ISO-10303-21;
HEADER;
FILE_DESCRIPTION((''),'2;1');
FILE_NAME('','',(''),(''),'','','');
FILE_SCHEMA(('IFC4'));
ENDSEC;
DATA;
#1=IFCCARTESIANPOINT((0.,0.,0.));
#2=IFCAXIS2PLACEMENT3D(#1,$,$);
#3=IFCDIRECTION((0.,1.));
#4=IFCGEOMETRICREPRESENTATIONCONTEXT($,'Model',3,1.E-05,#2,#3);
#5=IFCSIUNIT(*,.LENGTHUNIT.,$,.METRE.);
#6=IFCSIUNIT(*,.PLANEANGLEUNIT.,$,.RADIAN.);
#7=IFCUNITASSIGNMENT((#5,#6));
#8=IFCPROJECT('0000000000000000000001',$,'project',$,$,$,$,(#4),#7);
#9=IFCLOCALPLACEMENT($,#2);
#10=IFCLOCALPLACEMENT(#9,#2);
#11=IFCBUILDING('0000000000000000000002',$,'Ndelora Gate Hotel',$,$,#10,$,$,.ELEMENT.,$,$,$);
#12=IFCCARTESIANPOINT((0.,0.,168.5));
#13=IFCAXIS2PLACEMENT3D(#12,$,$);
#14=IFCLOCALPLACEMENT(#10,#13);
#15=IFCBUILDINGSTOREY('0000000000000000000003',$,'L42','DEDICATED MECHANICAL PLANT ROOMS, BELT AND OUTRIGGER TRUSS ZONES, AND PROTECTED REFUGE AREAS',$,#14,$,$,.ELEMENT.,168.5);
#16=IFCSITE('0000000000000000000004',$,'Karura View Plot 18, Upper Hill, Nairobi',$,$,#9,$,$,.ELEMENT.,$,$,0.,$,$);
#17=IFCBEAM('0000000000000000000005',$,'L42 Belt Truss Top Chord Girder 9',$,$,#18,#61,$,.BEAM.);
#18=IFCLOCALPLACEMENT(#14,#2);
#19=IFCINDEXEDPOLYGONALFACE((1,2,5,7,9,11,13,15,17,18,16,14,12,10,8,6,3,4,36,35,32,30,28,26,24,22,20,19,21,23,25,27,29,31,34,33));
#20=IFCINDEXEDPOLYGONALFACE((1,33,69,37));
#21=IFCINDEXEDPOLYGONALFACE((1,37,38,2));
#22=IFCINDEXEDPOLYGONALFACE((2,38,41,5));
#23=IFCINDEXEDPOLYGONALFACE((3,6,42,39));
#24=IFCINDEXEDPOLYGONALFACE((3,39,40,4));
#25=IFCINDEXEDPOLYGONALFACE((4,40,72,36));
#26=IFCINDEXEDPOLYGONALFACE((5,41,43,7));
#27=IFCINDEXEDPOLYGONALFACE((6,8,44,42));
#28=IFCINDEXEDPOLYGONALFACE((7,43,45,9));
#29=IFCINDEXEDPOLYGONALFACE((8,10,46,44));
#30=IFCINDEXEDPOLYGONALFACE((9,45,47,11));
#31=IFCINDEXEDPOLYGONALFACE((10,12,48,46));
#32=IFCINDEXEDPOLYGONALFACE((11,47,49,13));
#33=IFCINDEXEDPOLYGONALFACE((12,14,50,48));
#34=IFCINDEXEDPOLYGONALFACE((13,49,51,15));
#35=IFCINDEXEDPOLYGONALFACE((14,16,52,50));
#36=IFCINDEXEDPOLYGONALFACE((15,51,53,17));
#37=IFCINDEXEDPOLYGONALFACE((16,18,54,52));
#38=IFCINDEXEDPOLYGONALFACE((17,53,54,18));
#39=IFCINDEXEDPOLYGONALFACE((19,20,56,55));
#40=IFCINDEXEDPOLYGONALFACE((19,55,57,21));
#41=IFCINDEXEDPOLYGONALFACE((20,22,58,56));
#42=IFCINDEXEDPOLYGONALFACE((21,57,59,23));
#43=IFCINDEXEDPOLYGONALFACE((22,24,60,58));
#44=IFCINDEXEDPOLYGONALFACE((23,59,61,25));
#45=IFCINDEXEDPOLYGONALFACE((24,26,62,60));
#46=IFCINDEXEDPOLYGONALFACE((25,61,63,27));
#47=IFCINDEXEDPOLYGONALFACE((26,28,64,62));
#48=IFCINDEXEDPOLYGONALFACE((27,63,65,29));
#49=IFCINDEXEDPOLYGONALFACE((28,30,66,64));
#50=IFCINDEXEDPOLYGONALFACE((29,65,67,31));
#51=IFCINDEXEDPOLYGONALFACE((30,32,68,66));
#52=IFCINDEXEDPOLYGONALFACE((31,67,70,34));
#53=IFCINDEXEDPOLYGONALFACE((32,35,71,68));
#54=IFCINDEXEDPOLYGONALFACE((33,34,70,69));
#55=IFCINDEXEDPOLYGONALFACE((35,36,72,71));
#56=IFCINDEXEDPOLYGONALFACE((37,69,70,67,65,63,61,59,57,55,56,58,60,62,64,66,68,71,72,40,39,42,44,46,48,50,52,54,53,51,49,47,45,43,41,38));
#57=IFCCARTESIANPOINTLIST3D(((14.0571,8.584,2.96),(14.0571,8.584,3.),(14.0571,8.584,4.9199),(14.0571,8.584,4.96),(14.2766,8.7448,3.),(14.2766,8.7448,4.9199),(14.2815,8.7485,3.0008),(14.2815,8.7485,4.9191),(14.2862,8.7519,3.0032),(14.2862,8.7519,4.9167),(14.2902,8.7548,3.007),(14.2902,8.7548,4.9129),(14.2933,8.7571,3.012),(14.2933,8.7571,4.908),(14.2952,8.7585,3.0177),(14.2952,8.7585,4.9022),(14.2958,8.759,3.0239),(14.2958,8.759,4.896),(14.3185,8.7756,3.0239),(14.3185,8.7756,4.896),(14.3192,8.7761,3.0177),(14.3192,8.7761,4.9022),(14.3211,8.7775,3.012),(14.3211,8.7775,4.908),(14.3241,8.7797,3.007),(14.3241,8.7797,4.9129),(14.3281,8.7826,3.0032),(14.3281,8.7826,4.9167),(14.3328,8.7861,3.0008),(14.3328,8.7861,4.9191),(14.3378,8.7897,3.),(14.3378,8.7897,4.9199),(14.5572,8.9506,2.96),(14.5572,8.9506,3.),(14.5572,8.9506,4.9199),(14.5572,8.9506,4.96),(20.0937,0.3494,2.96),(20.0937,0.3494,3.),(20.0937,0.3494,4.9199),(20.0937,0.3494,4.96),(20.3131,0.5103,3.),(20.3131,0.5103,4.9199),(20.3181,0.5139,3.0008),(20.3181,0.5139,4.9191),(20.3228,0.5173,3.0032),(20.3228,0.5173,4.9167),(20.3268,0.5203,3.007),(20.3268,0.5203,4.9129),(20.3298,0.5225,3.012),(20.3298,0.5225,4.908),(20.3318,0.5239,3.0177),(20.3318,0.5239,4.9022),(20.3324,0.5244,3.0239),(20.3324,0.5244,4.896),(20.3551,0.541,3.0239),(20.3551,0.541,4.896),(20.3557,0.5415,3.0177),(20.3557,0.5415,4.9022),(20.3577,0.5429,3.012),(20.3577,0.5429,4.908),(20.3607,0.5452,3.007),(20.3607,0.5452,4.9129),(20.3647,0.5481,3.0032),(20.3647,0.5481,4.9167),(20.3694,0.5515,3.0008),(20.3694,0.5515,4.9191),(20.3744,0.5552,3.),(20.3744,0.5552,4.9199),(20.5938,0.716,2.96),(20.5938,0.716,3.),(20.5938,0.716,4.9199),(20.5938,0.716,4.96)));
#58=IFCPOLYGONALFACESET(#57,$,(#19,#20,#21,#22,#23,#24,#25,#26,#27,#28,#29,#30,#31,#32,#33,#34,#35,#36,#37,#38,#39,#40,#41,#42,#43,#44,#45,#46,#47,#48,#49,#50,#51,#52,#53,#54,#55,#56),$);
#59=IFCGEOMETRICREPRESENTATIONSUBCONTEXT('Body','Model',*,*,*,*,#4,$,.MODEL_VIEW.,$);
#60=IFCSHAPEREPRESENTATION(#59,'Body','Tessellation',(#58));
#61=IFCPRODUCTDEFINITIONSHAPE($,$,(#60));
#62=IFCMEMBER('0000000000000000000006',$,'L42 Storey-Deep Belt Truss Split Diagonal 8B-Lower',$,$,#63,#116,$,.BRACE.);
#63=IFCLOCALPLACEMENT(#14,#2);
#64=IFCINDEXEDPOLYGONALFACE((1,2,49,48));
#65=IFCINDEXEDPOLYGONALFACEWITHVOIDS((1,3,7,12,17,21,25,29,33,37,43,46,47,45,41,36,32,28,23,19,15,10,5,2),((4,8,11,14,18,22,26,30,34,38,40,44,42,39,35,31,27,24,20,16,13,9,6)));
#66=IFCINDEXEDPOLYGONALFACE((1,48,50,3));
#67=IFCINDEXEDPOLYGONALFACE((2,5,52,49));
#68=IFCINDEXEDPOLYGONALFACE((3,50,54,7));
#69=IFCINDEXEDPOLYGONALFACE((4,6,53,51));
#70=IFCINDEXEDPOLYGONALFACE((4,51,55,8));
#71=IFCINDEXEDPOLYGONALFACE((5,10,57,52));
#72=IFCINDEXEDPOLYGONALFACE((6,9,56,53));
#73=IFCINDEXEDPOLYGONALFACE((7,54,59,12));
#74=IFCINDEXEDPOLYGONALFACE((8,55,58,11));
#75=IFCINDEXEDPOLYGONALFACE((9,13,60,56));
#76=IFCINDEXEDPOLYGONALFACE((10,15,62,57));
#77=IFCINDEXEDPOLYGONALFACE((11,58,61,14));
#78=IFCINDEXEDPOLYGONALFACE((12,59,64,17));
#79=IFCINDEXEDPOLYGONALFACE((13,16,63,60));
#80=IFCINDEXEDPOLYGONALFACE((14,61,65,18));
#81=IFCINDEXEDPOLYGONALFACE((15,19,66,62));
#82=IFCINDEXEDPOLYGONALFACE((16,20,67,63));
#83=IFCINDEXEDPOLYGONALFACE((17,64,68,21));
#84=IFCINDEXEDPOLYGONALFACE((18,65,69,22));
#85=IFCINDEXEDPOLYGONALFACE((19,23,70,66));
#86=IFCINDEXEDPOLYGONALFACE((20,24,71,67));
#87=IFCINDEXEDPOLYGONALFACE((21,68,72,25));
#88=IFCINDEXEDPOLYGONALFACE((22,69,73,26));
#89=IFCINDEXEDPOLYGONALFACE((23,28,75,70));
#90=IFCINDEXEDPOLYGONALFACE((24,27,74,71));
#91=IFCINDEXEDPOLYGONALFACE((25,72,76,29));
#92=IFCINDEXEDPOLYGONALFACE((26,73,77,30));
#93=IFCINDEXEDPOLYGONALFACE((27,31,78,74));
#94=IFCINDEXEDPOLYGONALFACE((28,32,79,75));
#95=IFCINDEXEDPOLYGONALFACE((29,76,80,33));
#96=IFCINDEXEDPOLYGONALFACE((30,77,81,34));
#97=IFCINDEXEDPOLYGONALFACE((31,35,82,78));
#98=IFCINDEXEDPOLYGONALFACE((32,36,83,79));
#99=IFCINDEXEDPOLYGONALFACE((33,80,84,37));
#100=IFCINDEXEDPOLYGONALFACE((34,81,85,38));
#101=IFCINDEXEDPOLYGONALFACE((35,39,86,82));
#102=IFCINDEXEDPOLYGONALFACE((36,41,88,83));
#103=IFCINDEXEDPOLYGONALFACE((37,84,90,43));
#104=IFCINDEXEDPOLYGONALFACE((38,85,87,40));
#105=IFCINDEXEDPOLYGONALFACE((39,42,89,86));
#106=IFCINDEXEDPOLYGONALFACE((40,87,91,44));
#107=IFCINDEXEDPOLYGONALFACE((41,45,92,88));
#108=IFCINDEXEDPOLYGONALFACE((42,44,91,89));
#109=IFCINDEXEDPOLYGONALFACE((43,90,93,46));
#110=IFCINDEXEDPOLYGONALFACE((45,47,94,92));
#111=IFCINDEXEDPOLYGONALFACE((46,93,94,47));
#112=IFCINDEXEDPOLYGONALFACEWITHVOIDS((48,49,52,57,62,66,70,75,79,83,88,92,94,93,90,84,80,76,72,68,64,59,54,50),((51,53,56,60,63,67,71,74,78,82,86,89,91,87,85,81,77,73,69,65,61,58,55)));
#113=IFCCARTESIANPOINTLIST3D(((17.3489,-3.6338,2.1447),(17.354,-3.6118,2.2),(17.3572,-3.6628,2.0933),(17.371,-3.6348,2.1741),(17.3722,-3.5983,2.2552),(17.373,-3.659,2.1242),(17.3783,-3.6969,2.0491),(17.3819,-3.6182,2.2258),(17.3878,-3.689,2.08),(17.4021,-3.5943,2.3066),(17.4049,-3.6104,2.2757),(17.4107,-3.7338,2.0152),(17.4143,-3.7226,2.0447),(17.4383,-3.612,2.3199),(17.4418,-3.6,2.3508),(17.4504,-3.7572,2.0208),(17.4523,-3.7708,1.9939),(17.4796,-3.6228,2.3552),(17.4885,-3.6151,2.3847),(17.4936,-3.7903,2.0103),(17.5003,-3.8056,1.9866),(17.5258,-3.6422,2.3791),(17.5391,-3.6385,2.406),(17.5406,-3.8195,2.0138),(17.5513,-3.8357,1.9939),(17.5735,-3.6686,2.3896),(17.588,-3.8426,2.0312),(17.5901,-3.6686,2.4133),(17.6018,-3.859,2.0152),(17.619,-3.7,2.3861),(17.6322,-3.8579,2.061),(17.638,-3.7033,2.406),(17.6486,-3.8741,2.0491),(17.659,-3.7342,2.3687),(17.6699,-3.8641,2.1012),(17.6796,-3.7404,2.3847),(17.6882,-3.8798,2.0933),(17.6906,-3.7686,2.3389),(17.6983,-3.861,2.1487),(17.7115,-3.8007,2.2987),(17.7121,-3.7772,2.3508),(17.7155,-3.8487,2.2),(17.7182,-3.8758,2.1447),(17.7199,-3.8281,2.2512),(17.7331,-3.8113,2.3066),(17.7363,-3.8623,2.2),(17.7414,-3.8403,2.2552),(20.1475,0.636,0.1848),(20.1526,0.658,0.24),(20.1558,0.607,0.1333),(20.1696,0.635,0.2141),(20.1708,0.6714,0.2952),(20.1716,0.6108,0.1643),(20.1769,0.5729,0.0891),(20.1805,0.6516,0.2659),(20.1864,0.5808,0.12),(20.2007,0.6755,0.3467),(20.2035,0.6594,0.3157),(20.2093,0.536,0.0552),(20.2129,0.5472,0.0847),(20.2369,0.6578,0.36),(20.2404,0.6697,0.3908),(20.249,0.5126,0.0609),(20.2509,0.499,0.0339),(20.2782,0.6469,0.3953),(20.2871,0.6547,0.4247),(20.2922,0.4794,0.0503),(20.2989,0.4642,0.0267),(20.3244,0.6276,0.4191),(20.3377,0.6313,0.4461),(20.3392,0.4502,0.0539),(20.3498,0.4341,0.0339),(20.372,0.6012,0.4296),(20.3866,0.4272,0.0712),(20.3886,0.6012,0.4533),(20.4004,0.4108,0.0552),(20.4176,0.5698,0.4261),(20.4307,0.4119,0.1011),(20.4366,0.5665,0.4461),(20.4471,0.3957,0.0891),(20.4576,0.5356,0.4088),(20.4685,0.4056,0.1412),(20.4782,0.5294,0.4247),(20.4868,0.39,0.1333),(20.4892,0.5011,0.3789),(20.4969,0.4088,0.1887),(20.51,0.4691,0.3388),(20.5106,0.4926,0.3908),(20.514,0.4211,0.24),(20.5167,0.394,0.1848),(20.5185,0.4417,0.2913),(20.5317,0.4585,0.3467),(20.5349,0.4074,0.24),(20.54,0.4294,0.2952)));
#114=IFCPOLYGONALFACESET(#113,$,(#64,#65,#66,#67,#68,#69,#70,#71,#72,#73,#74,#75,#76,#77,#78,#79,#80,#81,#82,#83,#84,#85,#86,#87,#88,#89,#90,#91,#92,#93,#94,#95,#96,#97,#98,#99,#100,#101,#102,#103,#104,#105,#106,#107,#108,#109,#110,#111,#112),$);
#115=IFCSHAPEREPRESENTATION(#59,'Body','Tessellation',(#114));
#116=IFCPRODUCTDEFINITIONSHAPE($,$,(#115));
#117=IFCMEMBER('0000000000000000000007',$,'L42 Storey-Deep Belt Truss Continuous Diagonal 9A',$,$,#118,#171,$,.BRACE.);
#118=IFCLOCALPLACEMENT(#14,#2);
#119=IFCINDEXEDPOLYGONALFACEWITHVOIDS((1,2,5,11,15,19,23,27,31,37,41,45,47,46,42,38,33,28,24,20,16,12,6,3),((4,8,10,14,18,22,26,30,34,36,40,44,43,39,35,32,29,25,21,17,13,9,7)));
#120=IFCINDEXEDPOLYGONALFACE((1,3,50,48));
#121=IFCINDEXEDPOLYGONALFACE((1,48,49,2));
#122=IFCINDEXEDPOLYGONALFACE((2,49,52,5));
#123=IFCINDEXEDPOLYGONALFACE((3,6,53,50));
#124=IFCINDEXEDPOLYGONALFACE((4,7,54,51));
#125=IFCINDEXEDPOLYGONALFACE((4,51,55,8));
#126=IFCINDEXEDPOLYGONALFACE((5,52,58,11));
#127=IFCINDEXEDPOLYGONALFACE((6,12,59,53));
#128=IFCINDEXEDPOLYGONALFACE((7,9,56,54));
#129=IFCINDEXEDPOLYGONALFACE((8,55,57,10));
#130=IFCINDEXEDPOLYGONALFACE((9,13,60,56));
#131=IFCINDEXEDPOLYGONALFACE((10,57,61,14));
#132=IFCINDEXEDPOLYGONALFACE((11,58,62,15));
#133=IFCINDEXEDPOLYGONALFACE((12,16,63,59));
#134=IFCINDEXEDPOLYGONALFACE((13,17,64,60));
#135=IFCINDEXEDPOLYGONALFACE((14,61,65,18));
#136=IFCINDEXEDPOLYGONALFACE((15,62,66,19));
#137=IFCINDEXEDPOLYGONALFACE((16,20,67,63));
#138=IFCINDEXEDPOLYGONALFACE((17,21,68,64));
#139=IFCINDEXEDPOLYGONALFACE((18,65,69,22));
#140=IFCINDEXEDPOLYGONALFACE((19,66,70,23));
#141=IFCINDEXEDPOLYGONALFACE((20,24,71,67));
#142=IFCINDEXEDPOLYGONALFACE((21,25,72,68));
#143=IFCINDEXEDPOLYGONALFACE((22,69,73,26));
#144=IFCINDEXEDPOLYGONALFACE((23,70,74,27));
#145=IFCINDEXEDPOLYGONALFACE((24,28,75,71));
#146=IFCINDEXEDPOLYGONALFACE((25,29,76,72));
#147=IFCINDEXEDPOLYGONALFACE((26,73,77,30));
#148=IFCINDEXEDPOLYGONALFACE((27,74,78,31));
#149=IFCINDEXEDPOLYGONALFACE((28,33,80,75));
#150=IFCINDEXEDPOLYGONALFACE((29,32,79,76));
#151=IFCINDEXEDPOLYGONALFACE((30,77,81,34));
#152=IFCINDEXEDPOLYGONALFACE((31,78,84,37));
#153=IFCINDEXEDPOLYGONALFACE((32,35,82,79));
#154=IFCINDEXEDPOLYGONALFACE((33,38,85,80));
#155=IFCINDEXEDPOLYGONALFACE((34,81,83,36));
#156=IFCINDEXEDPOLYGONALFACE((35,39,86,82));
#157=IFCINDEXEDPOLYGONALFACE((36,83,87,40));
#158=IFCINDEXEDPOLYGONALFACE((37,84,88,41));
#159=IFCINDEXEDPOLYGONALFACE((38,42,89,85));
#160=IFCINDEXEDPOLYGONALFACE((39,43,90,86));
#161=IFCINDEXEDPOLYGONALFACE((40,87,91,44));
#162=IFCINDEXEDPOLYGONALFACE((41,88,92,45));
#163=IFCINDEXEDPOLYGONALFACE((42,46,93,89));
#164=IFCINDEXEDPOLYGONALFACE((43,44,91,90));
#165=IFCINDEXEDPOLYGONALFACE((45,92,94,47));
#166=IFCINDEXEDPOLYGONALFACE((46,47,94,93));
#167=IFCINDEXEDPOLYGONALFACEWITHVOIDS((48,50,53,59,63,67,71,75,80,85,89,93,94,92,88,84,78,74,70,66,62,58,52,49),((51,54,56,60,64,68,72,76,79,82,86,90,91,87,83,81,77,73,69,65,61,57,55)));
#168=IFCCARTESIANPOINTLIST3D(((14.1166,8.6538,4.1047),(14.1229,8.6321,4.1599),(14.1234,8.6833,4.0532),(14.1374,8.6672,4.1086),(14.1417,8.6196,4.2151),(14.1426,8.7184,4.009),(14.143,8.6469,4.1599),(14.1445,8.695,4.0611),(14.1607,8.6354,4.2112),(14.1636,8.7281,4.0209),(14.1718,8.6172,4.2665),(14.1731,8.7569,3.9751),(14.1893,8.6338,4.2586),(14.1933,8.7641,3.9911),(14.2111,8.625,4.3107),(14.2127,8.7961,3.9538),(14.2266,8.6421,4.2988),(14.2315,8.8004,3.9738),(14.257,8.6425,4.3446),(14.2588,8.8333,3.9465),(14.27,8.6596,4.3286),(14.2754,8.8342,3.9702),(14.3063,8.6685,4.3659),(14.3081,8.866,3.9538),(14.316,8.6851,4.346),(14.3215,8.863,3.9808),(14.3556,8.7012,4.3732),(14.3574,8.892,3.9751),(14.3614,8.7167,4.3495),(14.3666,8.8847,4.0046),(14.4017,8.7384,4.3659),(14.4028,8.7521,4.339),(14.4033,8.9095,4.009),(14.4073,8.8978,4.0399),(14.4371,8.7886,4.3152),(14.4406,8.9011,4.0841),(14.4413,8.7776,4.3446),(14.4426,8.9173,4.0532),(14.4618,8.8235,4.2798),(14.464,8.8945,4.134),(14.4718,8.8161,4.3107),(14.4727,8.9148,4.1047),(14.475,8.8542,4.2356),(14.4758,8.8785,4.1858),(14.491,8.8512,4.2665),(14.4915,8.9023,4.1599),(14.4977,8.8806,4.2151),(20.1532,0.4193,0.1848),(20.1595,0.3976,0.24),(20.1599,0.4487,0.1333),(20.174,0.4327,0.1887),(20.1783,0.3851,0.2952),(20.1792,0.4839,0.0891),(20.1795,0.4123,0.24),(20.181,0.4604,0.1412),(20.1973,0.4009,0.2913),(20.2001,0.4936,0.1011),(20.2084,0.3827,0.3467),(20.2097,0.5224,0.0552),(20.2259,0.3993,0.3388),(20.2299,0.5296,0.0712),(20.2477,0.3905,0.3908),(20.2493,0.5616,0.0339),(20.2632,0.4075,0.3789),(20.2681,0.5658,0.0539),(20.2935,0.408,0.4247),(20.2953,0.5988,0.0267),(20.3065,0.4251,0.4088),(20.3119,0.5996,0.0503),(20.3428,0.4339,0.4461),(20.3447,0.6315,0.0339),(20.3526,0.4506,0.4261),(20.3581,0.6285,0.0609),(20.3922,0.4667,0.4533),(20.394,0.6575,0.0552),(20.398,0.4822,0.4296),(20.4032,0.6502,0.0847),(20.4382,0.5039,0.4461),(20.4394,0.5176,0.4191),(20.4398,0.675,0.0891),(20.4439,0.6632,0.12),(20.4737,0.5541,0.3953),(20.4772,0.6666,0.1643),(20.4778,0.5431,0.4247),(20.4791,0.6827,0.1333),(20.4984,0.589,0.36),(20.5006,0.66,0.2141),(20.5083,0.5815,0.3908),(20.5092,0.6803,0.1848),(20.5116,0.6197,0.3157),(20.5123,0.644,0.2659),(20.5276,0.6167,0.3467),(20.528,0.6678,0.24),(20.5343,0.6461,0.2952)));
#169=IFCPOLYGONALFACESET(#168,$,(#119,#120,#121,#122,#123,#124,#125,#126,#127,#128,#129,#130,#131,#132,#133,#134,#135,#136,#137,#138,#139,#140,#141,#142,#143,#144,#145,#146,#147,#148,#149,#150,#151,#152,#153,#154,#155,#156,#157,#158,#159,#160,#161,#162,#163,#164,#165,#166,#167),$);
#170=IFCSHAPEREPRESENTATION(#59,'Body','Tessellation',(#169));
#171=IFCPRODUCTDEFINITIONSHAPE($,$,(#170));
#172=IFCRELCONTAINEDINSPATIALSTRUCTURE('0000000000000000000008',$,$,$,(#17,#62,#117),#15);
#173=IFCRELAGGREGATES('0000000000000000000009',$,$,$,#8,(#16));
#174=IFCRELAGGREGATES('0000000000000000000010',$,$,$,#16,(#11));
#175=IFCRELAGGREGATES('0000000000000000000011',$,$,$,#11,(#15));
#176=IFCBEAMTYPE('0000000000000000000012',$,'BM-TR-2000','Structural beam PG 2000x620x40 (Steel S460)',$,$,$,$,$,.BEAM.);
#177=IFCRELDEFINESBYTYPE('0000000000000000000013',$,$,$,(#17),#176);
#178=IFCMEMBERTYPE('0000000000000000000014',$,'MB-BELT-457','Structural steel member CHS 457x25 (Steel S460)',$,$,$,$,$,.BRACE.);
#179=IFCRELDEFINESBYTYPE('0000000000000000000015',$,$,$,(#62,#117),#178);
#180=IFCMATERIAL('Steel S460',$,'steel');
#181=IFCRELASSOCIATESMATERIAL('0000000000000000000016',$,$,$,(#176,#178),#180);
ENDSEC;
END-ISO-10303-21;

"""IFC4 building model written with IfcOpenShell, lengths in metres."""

from ifc_helpers import new_model, si_unit, direction, frame, origin, origin_2d, place, context, subcontext, project, spatial, hollow_circle, i_section, extrude, material, material_profile, profile_set, type_object, element, save


model = new_model("IFC4")

# Units and contexts
model_context = context("Model", 3, precision=1e-05, world=origin(), true_north=direction((0.0, 1.0)))
body_context = subcontext(model_context, "Body", "Model", "MODEL_VIEW")
ifc_project = project(units=[si_unit("LENGTHUNIT", "METRE"), si_unit("PLANEANGLEUNIT", "RADIAN")], contexts=[model_context])

# Site, building, storey
site_placement = place(None, origin())
site = spatial("IfcSite", under=ifc_project, at=site_placement, Name="Karura View Plot 18, Upper Hill, Nairobi", CompositionType="ELEMENT", RefElevation=0.0)
building_placement = place(site_placement, origin())
building = spatial("IfcBuilding", under=site, at=building_placement, Name="Ndelora Gate Hotel", CompositionType="ELEMENT")
storey_placement = place(building_placement, frame((0.0, 0.0, 168.5)))
storey = spatial("IfcBuildingStorey", under=building, at=storey_placement, Name="L42", Description="DEDICATED MECHANICAL PLANT ROOMS, BELT AND OUTRIGGER TRUSS ZONES, AND PROTECTED REFUGE AREAS", CompositionType="ELEMENT", Elevation=168.5)

# Beam
ifc_material_1 = material(Name="Steel S460", Category="steel")
ifc_material_profile_1 = material_profile(ifc_material_1, i_section(OverallWidth=0.6201, OverallDepth=2.0, WebThickness=0.0281, FlangeThickness=0.04, FilletRadius=0.0239, at=origin_2d()), Name="PG 2000x620x40")
ifc_profile_set_1 = profile_set([ifc_material_profile_1], Name="Steel S460")
beam_type = type_object("IfcBeamType", Name="BM-TR-2000", Description="Structural beam PG 2000x620x40 (Steel S460)", PredefinedType="BEAM", material=ifc_profile_set_1)
beam_placement = place(storey_placement, frame((20.3438, 0.5327, 3.96), z_axis=(-0.59123, 0.806503, 0.0), x_axis=(-0.806503, -0.59123, 0.0)))
element("IfcBeam", 1, at=beam_placement, inside=storey, type_object=beam_type, Name="L42 Belt Truss Top Chord Girder 9", PredefinedType="BEAM", context=body_context, shape_type="SweptSolid", body=[
    extrude(i_section(OverallWidth=0.6201, OverallDepth=2.0, WebThickness=0.0281, FlangeThickness=0.04, FilletRadius=0.0239, at=origin_2d()), origin(), (0.0, 0.0, 1.0), 10.2102),
])

# Members
ifc_material_profile_2 = material_profile(ifc_material_1, hollow_circle(Radius=0.2285, WallThickness=0.0249, at=origin_2d()), Name="CHS 457x25")
ifc_profile_set_2 = profile_set([ifc_material_profile_2], Name="Steel S460")
member_type_1 = type_object("IfcMemberType", Name="MB-BELT-457", Description="Structural steel member CHS 457x25 (Steel S460)", PredefinedType="BRACE", material=ifc_profile_set_2)
member_1_placement = place(storey_placement, frame((20.3438, 0.5327, 0.24), z_axis=(-0.511764, -0.780795, 0.358409), x_axis=(0.836358, -0.548183, 0.0)))
element("IfcMember", 2, at=member_1_placement, inside=storey, type_object=member_type_1, Name="L42 Storey-Deep Belt Truss Split Diagonal 8B-Lower", PredefinedType="BRACE", context=body_context, shape_type="SweptSolid", body=[
    extrude(hollow_circle(Radius=0.2285, WallThickness=0.0249, at=origin_2d()), origin(), (0.0, 0.0, 1.0), 5.4685),
])
member_2_placement = place(storey_placement, frame((20.3438, 0.5327, 0.24), z_axis=(-0.55195, 0.752922, 0.358413), x_axis=(-0.806503, -0.59123, 0.0)))
element("IfcMember", 3, at=member_2_placement, inside=storey, type_object=member_type_1, Name="L42 Storey-Deep Belt Truss Continuous Diagonal 9A", PredefinedType="BRACE", context=body_context, shape_type="SweptSolid", body=[
    extrude(hollow_circle(Radius=0.2285, WallThickness=0.0249, at=origin_2d()), origin(), (0.0, 0.0, 1.0), 10.9368),
])

save(model, "model.ifc")
